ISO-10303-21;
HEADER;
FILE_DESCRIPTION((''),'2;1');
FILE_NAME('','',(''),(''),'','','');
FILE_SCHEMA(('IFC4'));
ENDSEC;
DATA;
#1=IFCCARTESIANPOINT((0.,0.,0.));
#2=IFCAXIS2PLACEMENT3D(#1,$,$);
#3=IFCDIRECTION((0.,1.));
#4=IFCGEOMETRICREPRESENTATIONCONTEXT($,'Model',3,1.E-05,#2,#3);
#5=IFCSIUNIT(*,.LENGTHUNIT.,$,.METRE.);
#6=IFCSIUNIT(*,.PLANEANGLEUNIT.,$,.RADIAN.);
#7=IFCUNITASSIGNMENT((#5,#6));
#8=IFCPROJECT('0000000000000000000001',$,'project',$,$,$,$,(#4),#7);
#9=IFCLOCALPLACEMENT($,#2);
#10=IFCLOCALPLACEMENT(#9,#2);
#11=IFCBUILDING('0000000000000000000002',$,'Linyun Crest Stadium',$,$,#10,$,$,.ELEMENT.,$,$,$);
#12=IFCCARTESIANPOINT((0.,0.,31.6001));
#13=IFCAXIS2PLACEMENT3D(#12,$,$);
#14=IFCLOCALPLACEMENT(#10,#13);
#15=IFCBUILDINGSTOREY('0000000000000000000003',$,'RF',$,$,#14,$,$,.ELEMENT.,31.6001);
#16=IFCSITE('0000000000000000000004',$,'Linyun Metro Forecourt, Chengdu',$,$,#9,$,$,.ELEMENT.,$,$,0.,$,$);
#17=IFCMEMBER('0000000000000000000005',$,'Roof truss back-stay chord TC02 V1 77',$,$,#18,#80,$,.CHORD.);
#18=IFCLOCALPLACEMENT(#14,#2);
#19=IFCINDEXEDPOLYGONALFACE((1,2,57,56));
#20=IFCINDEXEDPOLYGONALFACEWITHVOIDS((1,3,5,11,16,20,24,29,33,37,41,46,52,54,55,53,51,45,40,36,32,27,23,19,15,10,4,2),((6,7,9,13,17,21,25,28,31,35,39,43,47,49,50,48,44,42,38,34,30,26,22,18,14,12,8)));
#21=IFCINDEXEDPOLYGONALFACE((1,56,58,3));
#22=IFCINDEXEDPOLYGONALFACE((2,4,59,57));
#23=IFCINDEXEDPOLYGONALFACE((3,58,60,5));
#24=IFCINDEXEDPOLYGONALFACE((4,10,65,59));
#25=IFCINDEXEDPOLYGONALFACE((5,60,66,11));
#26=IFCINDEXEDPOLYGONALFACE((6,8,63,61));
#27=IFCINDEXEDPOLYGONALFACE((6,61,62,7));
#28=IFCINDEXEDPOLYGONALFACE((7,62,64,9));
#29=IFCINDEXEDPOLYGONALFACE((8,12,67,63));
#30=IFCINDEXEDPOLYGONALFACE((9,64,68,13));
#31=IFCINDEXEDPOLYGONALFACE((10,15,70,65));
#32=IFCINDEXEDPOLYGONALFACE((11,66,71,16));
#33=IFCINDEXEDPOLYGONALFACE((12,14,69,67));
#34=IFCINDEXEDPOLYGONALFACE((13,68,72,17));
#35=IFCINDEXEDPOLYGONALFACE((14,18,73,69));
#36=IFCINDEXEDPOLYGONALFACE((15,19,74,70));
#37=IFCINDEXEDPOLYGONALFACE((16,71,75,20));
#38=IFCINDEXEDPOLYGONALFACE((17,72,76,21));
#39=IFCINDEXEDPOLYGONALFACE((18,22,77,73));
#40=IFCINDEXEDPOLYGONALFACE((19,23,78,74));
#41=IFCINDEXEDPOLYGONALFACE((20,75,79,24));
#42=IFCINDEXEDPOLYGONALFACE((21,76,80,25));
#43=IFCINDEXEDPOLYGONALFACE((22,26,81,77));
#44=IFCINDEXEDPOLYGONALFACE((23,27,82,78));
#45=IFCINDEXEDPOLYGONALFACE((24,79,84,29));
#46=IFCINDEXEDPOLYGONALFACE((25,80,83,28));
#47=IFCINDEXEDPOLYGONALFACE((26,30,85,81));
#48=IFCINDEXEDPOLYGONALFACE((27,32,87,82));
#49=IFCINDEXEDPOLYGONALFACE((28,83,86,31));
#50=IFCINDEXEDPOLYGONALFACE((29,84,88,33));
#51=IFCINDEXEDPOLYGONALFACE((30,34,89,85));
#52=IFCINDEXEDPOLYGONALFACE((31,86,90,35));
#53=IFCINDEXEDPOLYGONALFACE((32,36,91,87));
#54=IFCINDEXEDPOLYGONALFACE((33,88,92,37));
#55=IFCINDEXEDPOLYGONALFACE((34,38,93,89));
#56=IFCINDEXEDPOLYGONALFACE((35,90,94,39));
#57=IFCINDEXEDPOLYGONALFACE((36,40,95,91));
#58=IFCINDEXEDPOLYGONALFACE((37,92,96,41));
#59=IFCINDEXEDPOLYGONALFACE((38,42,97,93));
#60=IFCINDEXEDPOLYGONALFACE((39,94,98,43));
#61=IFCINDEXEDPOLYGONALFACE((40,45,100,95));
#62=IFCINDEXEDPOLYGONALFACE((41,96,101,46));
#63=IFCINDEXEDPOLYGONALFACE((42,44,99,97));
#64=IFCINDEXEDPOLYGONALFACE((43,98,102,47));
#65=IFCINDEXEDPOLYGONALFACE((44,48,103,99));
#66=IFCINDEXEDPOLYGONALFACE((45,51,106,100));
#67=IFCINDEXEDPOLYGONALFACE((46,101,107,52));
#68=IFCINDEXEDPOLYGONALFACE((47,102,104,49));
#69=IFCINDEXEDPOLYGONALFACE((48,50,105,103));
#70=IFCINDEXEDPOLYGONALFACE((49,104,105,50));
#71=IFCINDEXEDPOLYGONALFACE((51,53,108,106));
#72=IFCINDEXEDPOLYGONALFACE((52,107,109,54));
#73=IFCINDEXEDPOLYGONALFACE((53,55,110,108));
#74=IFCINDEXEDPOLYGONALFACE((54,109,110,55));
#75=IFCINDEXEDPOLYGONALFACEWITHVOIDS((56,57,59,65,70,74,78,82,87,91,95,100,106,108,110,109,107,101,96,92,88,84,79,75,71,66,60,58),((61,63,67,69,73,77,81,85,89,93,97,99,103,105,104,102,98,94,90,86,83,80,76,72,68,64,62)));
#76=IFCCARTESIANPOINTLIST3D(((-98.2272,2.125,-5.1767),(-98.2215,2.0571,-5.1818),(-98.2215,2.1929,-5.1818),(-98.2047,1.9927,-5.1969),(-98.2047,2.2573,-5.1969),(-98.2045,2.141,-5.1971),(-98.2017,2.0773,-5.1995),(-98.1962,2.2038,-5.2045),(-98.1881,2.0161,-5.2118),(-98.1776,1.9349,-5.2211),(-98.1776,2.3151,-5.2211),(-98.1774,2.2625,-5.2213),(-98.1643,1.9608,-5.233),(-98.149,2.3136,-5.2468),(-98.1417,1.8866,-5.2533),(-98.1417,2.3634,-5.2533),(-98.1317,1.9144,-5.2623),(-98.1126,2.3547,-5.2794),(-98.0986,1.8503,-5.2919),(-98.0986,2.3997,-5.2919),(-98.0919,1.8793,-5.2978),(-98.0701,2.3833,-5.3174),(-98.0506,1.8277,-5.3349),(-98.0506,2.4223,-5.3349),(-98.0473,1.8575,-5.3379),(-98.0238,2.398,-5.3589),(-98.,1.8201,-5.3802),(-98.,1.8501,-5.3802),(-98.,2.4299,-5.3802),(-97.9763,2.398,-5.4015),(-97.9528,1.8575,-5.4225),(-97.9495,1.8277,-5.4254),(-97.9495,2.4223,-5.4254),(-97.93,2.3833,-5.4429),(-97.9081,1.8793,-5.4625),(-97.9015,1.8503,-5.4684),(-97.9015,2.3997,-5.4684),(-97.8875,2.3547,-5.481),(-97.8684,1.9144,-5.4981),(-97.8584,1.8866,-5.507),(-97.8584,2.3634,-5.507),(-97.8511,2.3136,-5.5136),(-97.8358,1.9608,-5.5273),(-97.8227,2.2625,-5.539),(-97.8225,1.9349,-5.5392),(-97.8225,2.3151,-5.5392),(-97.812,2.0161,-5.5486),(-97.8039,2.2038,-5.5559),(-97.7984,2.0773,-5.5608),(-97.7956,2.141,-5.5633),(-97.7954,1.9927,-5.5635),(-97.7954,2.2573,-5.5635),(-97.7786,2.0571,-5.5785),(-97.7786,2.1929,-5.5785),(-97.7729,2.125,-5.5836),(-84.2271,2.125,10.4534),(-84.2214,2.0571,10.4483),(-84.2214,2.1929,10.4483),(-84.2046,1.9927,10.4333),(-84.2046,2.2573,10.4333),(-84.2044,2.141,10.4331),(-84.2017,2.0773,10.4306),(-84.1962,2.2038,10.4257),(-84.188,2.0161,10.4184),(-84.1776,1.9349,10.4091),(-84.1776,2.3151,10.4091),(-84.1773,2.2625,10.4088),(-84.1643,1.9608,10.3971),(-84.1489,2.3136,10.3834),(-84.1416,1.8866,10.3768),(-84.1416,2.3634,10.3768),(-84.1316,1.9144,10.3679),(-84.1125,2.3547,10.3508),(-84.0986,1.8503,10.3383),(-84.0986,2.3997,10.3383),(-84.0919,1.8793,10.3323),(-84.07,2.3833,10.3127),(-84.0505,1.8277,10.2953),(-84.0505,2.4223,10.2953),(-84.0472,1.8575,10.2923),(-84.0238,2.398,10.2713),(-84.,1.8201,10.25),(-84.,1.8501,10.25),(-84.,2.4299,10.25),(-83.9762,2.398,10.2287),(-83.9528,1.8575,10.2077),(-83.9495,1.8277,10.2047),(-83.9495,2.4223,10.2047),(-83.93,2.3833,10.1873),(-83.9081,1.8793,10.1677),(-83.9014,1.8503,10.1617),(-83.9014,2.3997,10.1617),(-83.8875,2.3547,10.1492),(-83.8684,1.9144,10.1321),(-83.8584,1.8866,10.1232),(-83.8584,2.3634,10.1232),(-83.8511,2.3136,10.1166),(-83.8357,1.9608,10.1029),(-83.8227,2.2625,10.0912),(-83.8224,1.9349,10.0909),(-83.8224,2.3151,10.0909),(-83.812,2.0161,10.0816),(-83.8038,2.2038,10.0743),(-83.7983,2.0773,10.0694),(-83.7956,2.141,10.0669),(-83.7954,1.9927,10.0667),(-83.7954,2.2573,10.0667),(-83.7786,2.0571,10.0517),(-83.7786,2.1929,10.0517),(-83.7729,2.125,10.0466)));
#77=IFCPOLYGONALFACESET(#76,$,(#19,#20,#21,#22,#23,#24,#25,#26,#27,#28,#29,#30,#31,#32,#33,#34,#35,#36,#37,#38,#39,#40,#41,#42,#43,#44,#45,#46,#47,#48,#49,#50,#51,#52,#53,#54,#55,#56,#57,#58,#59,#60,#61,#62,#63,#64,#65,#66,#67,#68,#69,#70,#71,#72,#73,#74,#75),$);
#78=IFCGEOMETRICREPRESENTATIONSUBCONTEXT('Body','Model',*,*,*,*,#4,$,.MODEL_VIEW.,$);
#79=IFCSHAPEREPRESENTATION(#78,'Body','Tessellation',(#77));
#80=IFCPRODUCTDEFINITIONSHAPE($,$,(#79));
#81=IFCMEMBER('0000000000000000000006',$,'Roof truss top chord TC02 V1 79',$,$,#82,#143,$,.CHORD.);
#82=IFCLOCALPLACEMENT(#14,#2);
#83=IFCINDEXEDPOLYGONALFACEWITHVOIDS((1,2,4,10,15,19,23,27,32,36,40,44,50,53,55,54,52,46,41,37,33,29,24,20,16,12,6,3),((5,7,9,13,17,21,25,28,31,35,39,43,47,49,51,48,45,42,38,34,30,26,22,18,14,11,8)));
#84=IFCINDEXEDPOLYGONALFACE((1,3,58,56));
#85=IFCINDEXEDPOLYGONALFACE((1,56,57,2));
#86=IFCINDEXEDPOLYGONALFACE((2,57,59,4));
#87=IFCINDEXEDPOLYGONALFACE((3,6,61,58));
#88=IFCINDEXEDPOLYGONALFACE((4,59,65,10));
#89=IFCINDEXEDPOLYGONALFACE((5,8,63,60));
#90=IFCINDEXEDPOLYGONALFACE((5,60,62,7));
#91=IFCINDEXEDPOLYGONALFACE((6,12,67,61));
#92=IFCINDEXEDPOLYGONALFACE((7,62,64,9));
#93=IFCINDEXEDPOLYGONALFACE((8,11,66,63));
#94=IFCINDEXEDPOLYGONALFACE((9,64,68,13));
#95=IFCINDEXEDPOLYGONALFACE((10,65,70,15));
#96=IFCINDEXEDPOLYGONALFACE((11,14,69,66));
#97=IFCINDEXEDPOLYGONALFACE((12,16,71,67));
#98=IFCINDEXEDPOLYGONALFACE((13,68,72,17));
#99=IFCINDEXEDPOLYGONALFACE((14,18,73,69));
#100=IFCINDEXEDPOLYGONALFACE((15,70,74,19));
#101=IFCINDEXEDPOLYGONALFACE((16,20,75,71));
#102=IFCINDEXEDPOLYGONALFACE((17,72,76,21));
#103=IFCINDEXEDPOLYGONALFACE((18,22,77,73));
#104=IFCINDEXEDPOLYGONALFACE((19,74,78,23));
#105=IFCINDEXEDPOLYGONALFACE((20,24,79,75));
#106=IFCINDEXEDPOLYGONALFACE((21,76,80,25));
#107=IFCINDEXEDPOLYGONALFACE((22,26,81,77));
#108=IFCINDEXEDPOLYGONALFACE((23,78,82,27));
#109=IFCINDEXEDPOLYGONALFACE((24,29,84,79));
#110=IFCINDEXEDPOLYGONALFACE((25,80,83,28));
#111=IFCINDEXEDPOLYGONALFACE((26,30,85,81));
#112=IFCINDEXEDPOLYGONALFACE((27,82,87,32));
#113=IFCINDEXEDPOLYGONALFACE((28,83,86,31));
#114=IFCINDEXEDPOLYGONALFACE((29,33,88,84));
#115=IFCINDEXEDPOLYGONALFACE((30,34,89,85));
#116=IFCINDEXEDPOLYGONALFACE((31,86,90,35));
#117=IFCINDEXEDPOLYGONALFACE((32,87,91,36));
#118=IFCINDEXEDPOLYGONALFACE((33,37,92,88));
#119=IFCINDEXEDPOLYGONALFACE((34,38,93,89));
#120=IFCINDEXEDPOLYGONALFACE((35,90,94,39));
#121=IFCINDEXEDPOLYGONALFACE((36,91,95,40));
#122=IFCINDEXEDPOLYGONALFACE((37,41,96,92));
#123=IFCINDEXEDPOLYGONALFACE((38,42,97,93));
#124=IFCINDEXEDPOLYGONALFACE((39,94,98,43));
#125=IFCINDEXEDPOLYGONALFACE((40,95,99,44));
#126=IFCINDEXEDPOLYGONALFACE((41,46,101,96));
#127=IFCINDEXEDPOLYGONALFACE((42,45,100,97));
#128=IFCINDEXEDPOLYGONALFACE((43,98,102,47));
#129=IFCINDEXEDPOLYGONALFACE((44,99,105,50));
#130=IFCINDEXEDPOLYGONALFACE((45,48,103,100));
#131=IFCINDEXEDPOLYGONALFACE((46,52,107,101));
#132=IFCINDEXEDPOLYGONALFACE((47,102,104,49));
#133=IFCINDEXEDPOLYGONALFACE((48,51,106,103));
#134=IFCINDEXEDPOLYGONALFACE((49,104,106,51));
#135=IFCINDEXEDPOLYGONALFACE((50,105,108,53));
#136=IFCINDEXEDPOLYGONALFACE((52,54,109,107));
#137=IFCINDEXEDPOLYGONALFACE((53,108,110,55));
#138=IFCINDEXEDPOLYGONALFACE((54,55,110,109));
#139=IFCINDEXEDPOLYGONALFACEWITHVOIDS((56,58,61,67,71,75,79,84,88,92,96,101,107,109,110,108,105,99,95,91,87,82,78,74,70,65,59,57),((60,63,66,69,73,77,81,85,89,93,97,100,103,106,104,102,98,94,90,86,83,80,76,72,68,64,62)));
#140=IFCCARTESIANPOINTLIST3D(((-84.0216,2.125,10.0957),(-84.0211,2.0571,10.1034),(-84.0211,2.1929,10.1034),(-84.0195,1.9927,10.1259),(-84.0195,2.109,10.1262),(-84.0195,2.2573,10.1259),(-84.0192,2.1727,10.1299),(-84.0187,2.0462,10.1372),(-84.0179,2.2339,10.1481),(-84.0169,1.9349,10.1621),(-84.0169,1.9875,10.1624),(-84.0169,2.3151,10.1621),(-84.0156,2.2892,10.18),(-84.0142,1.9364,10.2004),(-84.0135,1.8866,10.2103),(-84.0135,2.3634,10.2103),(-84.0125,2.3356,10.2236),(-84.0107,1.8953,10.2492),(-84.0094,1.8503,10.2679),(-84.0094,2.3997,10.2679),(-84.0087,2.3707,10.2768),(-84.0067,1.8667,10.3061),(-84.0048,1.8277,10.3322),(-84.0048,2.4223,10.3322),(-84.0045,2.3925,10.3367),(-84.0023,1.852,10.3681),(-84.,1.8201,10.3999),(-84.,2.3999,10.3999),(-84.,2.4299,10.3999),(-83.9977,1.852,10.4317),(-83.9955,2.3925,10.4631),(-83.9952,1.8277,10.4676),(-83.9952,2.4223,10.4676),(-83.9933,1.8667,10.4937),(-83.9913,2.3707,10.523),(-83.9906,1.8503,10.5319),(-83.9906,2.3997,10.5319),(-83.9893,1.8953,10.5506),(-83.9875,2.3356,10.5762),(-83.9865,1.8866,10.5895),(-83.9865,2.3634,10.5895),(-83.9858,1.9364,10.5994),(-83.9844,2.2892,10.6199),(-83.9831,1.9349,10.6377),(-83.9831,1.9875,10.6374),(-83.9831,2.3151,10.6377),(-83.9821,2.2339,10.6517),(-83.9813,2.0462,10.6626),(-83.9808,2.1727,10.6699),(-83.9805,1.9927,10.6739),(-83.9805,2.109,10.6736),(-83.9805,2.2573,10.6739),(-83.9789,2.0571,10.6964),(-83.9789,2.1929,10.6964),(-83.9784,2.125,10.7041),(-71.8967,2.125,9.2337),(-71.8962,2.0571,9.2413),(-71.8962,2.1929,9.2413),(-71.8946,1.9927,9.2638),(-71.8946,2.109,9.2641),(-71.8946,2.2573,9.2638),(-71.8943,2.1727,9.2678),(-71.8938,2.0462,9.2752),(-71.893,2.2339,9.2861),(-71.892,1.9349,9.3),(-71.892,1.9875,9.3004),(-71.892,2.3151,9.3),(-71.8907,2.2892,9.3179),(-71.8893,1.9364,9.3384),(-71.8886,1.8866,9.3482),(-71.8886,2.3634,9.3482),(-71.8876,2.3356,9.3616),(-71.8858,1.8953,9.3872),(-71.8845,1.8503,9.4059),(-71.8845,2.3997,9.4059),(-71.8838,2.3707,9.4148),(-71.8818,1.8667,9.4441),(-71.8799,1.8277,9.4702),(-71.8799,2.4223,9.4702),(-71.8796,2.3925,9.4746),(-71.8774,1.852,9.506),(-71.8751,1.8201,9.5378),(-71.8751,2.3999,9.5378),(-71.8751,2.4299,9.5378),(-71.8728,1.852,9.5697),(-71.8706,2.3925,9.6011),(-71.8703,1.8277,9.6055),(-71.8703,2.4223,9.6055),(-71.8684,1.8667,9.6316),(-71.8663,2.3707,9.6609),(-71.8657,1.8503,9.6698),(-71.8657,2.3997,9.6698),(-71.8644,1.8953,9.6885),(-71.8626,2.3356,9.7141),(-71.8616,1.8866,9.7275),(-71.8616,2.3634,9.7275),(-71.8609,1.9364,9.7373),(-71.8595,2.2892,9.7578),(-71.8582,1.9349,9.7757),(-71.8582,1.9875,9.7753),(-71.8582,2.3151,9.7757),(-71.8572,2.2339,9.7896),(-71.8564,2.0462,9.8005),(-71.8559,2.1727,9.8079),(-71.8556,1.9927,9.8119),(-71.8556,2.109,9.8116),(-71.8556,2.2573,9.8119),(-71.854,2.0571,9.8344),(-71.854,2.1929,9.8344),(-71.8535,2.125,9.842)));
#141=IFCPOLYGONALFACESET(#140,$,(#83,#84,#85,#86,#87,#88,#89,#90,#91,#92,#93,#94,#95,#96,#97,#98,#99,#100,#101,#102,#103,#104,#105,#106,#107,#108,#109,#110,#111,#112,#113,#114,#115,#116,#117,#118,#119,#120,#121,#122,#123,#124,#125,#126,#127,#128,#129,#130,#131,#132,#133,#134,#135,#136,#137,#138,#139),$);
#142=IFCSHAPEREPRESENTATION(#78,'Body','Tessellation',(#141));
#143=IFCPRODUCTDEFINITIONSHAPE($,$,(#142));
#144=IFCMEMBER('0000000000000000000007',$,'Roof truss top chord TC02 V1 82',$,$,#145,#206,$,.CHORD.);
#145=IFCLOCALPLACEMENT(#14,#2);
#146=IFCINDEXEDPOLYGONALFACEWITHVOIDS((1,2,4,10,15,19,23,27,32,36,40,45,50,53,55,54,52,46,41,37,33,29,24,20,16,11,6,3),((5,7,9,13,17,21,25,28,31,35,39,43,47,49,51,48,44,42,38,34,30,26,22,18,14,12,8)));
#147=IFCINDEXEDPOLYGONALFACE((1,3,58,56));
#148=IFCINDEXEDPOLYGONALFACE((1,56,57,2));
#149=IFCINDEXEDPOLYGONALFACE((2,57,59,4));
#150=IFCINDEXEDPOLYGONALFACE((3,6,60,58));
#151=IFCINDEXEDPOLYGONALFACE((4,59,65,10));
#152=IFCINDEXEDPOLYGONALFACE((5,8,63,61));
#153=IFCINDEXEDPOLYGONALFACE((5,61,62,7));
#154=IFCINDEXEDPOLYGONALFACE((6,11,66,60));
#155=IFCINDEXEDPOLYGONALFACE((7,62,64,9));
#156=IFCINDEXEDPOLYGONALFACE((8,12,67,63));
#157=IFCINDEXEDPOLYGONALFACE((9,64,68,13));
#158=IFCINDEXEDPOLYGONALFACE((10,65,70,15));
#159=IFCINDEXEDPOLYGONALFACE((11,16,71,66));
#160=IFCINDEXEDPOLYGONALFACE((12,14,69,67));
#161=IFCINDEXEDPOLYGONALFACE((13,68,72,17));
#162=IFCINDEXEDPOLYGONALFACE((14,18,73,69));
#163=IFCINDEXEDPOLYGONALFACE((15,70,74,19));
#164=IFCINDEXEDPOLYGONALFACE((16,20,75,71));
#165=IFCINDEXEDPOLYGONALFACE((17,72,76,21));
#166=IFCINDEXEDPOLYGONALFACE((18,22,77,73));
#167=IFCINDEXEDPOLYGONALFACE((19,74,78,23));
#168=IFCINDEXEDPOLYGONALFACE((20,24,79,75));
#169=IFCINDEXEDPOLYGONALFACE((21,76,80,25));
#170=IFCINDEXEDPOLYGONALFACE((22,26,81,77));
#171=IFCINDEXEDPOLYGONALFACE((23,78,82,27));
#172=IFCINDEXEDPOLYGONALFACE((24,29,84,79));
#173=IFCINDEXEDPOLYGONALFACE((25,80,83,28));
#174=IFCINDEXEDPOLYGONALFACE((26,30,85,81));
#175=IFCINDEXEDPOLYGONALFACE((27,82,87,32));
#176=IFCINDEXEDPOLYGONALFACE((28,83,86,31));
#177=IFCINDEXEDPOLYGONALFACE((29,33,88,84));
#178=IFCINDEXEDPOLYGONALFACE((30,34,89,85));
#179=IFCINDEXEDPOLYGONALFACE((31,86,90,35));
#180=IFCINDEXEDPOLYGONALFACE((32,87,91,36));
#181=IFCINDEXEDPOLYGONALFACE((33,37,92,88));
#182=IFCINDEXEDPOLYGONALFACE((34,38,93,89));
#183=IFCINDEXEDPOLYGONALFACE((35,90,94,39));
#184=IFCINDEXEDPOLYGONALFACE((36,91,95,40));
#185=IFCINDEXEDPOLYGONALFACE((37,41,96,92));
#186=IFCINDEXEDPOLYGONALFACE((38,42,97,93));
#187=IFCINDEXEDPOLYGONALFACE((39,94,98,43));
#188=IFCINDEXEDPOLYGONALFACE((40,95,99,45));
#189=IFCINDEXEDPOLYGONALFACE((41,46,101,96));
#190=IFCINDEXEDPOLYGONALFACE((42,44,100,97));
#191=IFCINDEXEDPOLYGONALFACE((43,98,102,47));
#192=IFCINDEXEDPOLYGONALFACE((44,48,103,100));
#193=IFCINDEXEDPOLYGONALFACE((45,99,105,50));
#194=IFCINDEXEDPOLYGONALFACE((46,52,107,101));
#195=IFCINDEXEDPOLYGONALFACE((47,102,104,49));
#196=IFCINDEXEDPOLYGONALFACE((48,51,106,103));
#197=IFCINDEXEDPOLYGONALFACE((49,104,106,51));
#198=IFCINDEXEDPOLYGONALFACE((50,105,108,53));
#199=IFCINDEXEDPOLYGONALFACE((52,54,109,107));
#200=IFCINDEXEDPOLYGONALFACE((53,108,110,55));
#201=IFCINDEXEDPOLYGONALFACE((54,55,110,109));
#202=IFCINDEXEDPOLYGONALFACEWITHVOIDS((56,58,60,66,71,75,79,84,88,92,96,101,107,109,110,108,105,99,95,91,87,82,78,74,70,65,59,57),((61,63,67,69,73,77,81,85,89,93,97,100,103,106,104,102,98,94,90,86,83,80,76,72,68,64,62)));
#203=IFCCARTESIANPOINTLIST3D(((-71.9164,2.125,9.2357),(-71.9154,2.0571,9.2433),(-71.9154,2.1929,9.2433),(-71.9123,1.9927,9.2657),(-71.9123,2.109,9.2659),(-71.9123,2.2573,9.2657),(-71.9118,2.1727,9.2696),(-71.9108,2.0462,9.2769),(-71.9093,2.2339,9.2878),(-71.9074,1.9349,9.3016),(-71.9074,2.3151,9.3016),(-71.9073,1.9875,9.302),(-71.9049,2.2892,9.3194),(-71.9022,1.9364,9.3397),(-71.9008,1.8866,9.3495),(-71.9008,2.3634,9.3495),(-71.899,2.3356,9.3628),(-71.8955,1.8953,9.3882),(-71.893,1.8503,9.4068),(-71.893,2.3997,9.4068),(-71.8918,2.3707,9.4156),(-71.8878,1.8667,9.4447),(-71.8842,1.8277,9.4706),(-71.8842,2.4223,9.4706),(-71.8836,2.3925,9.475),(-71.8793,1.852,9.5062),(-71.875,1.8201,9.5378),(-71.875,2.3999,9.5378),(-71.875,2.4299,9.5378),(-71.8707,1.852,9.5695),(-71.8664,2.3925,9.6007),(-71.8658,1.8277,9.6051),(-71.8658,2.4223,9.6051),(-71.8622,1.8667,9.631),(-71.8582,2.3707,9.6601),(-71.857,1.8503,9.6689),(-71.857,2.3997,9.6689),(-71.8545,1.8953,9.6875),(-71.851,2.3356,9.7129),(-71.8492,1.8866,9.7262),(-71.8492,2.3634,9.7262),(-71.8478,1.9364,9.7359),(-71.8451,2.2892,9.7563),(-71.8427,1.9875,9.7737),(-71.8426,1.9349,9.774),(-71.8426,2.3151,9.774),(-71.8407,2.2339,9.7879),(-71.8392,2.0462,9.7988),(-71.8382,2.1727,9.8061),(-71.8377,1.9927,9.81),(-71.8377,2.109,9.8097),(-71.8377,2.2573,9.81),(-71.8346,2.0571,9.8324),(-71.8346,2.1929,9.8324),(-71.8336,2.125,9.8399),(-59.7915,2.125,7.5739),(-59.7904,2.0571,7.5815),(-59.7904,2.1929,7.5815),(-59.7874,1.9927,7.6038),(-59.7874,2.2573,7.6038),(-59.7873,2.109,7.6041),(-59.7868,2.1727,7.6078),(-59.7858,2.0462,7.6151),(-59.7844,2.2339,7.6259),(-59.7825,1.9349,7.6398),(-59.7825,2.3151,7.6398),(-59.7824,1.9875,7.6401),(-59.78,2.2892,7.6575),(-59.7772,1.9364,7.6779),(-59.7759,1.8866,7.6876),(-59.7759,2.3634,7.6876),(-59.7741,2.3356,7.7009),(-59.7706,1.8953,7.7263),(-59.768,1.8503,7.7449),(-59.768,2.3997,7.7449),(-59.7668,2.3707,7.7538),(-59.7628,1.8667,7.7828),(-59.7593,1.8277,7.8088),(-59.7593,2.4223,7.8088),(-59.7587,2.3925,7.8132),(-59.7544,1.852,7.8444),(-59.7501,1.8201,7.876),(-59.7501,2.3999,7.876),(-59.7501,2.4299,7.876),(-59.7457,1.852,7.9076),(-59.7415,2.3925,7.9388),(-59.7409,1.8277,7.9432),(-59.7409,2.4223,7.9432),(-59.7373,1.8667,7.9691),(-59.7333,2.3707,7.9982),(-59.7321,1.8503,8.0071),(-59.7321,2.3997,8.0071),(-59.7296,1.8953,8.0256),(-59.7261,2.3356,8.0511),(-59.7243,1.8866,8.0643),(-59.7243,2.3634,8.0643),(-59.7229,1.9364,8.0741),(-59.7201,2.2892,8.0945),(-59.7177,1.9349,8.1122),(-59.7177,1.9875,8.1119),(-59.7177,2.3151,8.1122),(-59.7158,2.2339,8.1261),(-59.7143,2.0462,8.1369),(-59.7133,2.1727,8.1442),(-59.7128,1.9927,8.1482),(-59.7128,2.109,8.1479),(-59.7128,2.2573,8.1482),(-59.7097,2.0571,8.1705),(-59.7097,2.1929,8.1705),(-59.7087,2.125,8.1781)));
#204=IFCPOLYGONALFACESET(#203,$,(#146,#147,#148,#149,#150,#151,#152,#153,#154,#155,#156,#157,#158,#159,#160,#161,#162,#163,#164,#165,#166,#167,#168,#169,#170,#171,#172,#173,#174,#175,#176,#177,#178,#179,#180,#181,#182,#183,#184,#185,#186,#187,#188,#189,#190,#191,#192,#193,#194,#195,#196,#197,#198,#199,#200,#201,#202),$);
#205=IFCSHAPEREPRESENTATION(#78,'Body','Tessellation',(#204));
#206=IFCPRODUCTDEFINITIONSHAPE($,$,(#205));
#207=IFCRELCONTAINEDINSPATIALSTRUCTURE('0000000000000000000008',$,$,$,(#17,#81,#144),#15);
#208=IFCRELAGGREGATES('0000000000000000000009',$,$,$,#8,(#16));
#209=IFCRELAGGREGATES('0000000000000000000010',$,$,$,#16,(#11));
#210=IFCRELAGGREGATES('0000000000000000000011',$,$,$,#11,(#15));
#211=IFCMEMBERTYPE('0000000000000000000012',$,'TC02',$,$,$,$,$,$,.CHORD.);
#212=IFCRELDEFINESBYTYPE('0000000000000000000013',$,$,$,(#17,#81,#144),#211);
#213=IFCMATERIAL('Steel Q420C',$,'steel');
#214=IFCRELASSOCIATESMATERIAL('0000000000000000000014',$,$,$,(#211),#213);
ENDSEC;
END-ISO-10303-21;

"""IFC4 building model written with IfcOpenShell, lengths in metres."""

from ifc_helpers import new_model, si_unit, direction, frame, origin, origin_2d, place, context, subcontext, project, spatial, hollow_circle, extrude, material, material_profile, profile_set, type_object, element, save


model = new_model("IFC4")

# Units and contexts
model_context = context("Model", 3, precision=1e-05, world=origin(), true_north=direction((0.0, 1.0)))
body_context = subcontext(model_context, "Body", "Model", "MODEL_VIEW")
ifc_project = project(units=[si_unit("LENGTHUNIT", "METRE"), si_unit("PLANEANGLEUNIT", "RADIAN")], contexts=[model_context])

# Site, building, storey
site_placement = place(None, origin())
site = spatial("IfcSite", under=ifc_project, at=site_placement, Name="Linyun Metro Forecourt, Chengdu", CompositionType="ELEMENT", RefElevation=0.0)
building_placement = place(site_placement, origin())
building = spatial("IfcBuilding", under=site, at=building_placement, Name="Linyun Crest Stadium", CompositionType="ELEMENT")
storey_placement = place(building_placement, frame((0.0, 0.0, 31.6001)))
storey = spatial("IfcBuildingStorey", under=building, at=storey_placement, Name="RF", CompositionType="ELEMENT", Elevation=31.6001)

# Members
ifc_material_1 = material(Name="Steel Q420C", Category="steel")
ifc_material_profile_1 = material_profile(ifc_material_1, hollow_circle(Radius=0.3049, WallThickness=0.03, at=origin_2d()), Name="CHS 610x30")
ifc_profile_set_1 = profile_set([ifc_material_profile_1], Name="Steel Q420C")
member_type_1 = type_object("IfcMemberType", Name="TC02", PredefinedType="CHORD", material=ifc_profile_set_1)
member_1_placement = place(storey_placement, frame((-84.0, 2.125, 10.25), z_axis=(-0.667196, 0.0, -0.744882), x_axis=(0.0, -1.0, 0.0)))
element("IfcMember", 1, at=member_1_placement, inside=storey, type_object=member_type_1, Name="Roof truss back-stay chord TC02 V1 77", PredefinedType="CHORD", context=body_context, shape_type="SweptSolid", body=[
    extrude(hollow_circle(Radius=0.3049, WallThickness=0.03, at=origin_2d()), origin(), (0.0, 0.0, 1.0), 20.9834),
])
member_2_placement = place(storey_placement, frame((-84.0, 2.125, 10.3999), z_axis=(0.997482, 0.0, -0.070919), x_axis=(0.0, 1.0, 0.0)))
element("IfcMember", 2, at=member_2_placement, inside=storey, type_object=member_type_1, Name="Roof truss top chord TC02 V1 79", PredefinedType="CHORD", context=body_context, shape_type="SweptSolid", body=[
    extrude(hollow_circle(Radius=0.3049, WallThickness=0.03, at=origin_2d()), origin(), (0.0, 0.0, 1.0), 12.1555),
])
member_3_placement = place(storey_placement, frame((-71.875, 2.125, 9.5378), z_axis=(0.990737, 0.0, -0.135792), x_axis=(0.0, 1.0, 0.0)))
element("IfcMember", 3, at=member_3_placement, inside=storey, type_object=member_type_1, Name="Roof truss top chord TC02 V1 82", PredefinedType="CHORD", context=body_context, shape_type="SweptSolid", body=[
    extrude(hollow_circle(Radius=0.3049, WallThickness=0.03, at=origin_2d()), origin(), (0.0, 0.0, 1.0), 12.2383),
])

save(model, "model.ifc")
